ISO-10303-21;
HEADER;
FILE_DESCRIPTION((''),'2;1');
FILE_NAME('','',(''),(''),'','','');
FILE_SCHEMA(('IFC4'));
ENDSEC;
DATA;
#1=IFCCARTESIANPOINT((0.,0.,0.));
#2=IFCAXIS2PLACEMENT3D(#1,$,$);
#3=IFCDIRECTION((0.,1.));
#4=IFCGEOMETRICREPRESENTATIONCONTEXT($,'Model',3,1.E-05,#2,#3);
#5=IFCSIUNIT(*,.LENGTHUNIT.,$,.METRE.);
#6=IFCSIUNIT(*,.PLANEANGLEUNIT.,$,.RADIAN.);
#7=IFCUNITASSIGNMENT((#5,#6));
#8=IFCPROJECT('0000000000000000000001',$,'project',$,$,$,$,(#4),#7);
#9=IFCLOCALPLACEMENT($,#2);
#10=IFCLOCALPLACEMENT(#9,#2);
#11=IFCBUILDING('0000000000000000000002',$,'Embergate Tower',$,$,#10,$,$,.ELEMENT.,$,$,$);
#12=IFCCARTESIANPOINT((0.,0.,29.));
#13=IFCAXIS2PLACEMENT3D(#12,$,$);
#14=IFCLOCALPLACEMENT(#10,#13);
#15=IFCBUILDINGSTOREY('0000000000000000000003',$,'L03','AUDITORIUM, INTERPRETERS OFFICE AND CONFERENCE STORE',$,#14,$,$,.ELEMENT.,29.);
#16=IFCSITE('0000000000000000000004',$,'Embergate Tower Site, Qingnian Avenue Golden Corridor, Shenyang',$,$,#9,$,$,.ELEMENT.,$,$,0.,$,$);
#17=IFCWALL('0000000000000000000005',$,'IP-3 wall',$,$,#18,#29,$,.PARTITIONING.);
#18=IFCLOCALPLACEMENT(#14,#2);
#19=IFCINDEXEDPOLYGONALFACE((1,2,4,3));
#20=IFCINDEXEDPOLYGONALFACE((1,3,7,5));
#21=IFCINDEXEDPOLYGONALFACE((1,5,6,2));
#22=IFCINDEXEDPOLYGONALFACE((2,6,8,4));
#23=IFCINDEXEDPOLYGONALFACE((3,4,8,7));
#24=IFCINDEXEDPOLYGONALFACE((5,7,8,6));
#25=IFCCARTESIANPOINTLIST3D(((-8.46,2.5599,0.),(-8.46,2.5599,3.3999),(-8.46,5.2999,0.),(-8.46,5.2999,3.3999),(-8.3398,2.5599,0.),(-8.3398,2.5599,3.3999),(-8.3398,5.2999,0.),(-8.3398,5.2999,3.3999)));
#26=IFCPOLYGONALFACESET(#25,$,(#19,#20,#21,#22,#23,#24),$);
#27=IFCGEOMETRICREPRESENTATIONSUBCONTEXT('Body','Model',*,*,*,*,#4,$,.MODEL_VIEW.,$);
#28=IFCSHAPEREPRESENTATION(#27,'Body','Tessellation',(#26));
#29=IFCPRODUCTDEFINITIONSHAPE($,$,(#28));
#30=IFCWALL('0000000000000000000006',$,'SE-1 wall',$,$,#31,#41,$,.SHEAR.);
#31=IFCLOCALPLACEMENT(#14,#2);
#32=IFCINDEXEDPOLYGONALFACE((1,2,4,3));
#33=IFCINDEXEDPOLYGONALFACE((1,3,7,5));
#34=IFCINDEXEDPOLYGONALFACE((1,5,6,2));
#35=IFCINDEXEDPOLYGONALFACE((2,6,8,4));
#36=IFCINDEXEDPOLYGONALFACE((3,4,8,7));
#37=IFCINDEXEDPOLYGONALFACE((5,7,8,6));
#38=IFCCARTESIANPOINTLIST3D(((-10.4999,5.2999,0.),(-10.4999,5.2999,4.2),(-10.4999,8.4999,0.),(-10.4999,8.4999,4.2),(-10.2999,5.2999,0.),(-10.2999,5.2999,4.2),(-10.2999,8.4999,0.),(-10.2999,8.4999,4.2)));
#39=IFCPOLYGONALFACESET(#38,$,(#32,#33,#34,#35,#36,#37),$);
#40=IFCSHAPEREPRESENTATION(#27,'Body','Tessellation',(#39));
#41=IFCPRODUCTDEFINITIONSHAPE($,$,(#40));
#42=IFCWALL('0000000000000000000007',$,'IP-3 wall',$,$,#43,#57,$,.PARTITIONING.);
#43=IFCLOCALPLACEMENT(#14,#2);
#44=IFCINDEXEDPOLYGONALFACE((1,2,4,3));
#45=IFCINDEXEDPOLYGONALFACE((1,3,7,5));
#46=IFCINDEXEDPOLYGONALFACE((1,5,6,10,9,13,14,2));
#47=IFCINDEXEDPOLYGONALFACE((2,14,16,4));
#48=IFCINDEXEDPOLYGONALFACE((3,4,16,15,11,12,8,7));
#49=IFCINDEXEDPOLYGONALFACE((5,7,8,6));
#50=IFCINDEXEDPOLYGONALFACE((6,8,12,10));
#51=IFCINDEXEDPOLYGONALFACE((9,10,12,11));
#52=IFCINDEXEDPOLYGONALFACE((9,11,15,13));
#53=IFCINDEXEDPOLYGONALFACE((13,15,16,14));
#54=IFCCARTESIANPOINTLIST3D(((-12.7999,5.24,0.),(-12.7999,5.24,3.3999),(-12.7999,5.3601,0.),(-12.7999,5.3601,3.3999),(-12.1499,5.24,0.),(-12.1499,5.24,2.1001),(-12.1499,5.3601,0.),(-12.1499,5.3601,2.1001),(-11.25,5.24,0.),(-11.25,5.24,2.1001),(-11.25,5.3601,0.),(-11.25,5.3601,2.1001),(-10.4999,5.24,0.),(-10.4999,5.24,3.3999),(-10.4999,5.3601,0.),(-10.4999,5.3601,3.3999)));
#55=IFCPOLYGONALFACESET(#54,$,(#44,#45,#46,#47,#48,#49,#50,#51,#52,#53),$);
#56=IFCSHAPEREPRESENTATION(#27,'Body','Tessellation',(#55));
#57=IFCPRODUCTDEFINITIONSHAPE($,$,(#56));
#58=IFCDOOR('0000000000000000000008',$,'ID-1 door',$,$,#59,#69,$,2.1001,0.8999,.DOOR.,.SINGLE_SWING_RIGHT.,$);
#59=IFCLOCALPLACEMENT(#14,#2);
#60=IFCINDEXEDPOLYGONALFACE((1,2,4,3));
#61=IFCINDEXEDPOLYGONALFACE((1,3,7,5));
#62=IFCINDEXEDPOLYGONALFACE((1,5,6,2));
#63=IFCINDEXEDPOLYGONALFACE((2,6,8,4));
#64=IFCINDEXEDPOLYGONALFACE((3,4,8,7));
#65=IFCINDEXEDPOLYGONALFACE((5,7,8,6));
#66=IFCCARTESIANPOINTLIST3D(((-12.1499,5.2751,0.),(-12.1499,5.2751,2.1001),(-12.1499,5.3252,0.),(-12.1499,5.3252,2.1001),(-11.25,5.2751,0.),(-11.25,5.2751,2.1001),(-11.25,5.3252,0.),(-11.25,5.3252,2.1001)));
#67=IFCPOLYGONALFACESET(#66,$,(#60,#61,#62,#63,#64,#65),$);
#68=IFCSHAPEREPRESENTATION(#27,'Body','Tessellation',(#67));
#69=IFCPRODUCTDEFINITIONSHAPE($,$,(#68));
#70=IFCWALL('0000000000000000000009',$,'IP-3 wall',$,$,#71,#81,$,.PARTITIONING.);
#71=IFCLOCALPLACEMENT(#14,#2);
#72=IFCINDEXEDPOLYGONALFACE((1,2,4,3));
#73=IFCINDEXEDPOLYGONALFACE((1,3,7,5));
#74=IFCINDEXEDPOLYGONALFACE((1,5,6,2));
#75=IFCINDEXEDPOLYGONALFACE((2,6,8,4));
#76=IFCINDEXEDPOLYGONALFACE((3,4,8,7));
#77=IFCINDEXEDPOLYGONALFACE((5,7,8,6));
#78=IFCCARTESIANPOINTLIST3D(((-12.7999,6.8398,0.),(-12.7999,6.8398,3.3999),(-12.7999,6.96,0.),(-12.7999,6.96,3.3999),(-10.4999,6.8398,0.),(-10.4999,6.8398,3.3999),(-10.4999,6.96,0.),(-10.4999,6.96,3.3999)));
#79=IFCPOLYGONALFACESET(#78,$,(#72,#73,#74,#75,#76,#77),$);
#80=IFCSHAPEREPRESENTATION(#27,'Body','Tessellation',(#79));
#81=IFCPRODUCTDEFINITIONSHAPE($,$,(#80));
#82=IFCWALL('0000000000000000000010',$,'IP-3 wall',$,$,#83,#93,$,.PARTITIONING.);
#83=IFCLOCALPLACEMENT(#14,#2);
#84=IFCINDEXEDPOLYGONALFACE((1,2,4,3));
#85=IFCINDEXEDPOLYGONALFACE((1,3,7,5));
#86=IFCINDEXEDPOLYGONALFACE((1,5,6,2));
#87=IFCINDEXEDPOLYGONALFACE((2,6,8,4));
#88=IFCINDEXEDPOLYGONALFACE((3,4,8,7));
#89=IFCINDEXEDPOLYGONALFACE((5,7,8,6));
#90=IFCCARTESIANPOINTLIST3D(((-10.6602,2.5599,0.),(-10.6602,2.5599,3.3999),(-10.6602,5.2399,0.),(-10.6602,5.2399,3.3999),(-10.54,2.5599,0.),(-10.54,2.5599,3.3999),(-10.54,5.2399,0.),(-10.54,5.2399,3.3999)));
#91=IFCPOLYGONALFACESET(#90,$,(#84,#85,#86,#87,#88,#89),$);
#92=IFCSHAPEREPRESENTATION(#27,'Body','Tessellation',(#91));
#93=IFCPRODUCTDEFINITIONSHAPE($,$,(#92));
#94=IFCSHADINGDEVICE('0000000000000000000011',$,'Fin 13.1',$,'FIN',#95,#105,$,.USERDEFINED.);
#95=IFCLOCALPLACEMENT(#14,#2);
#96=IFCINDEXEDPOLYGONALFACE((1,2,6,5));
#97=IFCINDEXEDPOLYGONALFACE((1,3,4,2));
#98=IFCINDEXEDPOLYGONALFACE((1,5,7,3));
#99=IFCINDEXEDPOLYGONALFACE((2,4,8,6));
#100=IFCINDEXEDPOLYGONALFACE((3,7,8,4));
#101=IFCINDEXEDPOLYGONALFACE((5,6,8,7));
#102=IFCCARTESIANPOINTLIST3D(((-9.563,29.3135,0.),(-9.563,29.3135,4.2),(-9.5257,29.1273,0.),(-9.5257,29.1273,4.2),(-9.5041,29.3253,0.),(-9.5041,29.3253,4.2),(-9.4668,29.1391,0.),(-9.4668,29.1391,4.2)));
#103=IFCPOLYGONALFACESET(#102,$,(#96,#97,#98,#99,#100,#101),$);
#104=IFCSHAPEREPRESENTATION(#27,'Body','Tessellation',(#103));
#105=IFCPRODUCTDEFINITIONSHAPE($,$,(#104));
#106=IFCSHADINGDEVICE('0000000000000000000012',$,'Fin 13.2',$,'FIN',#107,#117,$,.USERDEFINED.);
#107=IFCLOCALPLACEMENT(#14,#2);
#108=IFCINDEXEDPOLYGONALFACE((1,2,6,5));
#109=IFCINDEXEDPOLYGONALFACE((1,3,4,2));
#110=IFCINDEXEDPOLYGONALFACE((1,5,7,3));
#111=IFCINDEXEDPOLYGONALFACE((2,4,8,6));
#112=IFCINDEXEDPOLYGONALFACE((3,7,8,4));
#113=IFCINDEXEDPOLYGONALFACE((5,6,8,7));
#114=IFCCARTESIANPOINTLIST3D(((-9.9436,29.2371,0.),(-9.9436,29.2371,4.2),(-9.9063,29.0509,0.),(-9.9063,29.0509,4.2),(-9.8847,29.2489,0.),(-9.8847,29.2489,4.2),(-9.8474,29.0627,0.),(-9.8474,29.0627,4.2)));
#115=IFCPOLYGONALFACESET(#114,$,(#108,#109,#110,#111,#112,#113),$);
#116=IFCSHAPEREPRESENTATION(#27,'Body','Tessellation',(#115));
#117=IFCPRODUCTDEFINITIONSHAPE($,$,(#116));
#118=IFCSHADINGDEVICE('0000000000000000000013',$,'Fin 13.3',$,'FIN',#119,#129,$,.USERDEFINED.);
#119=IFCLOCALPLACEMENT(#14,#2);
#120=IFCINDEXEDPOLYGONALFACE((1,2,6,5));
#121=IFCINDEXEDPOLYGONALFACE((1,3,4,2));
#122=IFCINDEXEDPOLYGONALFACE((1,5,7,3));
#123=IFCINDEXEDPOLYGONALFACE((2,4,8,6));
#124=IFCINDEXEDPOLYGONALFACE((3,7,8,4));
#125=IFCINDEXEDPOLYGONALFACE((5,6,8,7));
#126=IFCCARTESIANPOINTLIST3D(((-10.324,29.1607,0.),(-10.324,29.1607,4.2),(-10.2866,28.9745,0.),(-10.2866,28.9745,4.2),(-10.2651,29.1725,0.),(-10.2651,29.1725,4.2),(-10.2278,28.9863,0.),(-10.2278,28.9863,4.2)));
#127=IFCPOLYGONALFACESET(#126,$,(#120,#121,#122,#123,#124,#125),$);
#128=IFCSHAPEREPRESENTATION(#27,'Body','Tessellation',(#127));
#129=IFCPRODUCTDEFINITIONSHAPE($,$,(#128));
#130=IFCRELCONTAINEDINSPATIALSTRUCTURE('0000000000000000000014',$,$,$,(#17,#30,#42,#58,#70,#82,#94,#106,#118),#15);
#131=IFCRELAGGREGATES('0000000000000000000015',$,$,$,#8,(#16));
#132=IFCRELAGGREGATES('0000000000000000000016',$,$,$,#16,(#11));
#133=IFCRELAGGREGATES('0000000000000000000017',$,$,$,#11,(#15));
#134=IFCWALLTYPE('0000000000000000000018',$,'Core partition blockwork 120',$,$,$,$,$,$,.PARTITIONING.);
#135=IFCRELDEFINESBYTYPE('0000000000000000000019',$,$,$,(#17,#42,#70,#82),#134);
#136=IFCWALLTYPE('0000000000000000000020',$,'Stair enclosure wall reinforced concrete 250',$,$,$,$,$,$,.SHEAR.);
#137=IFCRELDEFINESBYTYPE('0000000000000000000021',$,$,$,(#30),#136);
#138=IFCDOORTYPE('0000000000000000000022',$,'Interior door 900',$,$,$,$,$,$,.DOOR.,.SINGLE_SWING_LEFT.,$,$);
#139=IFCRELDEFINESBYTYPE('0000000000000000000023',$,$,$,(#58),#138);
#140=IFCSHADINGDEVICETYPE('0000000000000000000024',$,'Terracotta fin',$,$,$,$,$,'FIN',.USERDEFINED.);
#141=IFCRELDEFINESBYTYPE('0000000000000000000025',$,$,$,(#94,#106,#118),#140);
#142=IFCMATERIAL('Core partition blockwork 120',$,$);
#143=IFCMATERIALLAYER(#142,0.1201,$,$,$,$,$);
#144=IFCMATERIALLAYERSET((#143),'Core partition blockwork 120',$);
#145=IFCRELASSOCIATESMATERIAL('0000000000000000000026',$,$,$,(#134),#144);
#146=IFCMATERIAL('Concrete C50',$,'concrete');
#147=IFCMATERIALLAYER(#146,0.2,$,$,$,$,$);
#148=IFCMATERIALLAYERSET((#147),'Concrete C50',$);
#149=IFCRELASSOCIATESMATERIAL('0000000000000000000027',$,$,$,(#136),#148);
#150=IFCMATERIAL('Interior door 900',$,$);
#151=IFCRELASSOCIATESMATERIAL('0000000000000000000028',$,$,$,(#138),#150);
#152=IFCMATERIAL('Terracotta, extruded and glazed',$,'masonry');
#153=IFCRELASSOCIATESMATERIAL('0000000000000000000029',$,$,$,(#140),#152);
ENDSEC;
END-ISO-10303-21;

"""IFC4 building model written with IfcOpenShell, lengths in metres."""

from ifc_helpers import new_model, si_unit, direction, frame, frame_2d, origin, origin_2d, place, context, subcontext, project, spatial, rectangle, extrude, source, transform, mapped, material, layer, layer_set, material_profile, profile_set, type_object, element, fill, save


model = new_model("IFC4")

# Units and contexts
model_context = context("Model", 3, precision=1e-05, world=origin(), true_north=direction((0.0, 1.0)))
body_context = subcontext(model_context, "Body", "Model", "MODEL_VIEW")
ifc_project = project(units=[si_unit("LENGTHUNIT", "METRE"), si_unit("PLANEANGLEUNIT", "RADIAN")], contexts=[model_context])

# Site, building, storey
site_placement = place(None, origin())
site = spatial("IfcSite", under=ifc_project, at=site_placement, Name="Embergate Tower Site, Qingnian Avenue Golden Corridor, Shenyang", CompositionType="ELEMENT", RefElevation=0.0)
building_placement = place(site_placement, origin())
building = spatial("IfcBuilding", under=site, at=building_placement, Name="Embergate Tower", CompositionType="ELEMENT")
storey_placement = place(building_placement, frame((0.0, 0.0, 29.0)))
storey = spatial("IfcBuildingStorey", under=building, at=storey_placement, Name="L03", Description="AUDITORIUM, INTERPRETERS OFFICE AND CONFERENCE STORE", CompositionType="ELEMENT", Elevation=29.0)

# Walls
ifc_material_1 = material(Name="Concrete C50", Category="concrete")
ifc_material_2 = material(Name="Core partition blockwork 120")
ifc_layer_1 = layer(ifc_material_2, 0.1201)
ifc_layer_set_1 = layer_set([ifc_layer_1], Name="Core partition blockwork 120")
wall_type_1 = type_object("IfcWallType", Name="Core partition blockwork 120", PredefinedType="PARTITIONING", material=ifc_layer_set_1)
shared_shape_1 = source(origin(), body_context, "Body", "SweptSolid", [
    extrude(rectangle(XDim=2.74, YDim=0.1201, at=frame_2d((1.3701, 0.0))), origin(), (0.0, 0.0, 1.0), 3.3999),
])
wall_1_placement = place(storey_placement, frame((-8.3999, 5.3, 0.0), z_axis=(0.0, 0.0, 1.0), x_axis=(0.0, -1.0, 0.0)))
element("IfcWall", 1, at=wall_1_placement, inside=storey, type_object=wall_type_1, Name="IP-3 wall", PredefinedType="PARTITIONING", context=body_context, shape_type="MappedRepresentation", body=[
    mapped(shared_shape_1, transform((0.0, 0.0, 0.0))),
])
ifc_layer_2 = layer(ifc_material_1, 0.2)
ifc_layer_set_2 = layer_set([ifc_layer_2], Name="Concrete C50")
wall_type_2 = type_object("IfcWallType", Name="Stair enclosure wall reinforced concrete 250", PredefinedType="SHEAR", material=ifc_layer_set_2)
shared_shape_2 = source(origin(), body_context, "Body", "SweptSolid", [
    extrude(rectangle(XDim=3.2, YDim=0.2, at=frame_2d((1.6001, 0.0))), origin(), (0.0, 0.0, 1.0), 4.2),
])
wall_2_placement = place(storey_placement, frame((-10.3999, 8.5, 0.0), z_axis=(0.0, 0.0, 1.0), x_axis=(0.0, -1.0, 0.0)))
element("IfcWall", 2, at=wall_2_placement, inside=storey, type_object=wall_type_2, Name="SE-1 wall", PredefinedType="SHEAR", context=body_context, shape_type="MappedRepresentation", body=[
    mapped(shared_shape_2, transform((0.0, 0.0, 0.0))),
])

# Wall, opening, door
shared_shape_3 = source(origin(), body_context, "Body", "SweptSolid", [
    extrude(rectangle(XDim=2.3, YDim=0.1201, at=frame_2d((1.1499, 0.0))), origin(), (0.0, 0.0, 1.0), 3.3999),
])
wall_3_placement = place(storey_placement, frame((-10.5, 5.3, 0.0), z_axis=(0.0, 0.0, 1.0), x_axis=(-1.0, 0.0, 0.0)))
wall_3 = element("IfcWall", 3, at=wall_3_placement, inside=storey, type_object=wall_type_1, Name="IP-3 wall", PredefinedType="PARTITIONING", context=body_context, shape_type="MappedRepresentation", body=[
    mapped(shared_shape_3, transform((0.0, 0.0, 0.0))),
])
shared_shape_4 = source(origin(), body_context, "Body", "SweptSolid", [
    extrude(rectangle(XDim=0.8999, YDim=2.1001, at=frame_2d((0.45, 1.05))), frame((0.0, 0.0701, 0.0), z_axis=(0.0, -1.0, 0.0), x_axis=(1.0, 0.0, 0.0)), (0.0, 0.0, 1.0), 0.1401),
])
opening_placement = place(wall_3_placement, frame((0.75, 0.0, 0.0)))
opening = element("IfcOpeningElement", 4, at=opening_placement, cuts=wall_3, PredefinedType="OPENING", context=body_context, shape_type="MappedRepresentation", body=[
    mapped(shared_shape_4, transform((0.0, 0.0, 0.0))),
])
ifc_material_3 = material(Name="Interior door 900")
door_type = type_object("IfcDoorType", Name="Interior door 900", OperationType="SINGLE_SWING_LEFT", PredefinedType="DOOR", material=ifc_material_3)
shared_shape_5 = source(origin(), body_context, "Body", "SweptSolid", [
    extrude(rectangle(XDim=0.8999, YDim=2.1001, at=frame_2d((0.45, 1.05))), frame((0.0, 0.0249, 0.0), z_axis=(0.0, -1.0, 0.0), x_axis=(1.0, 0.0, 0.0)), (0.0, 0.0, 1.0), 0.05),
])
door_placement = place(opening_placement, origin())
door = element("IfcDoor", 5, at=door_placement, inside=storey, type_object=door_type, Name="ID-1 door", OperationType="SINGLE_SWING_RIGHT", OverallHeight=2.1001, OverallWidth=0.8999, PredefinedType="DOOR", context=body_context, shape_type="MappedRepresentation", body=[
    mapped(shared_shape_5, transform((0.0, 0.0, 0.0))),
])
fill(opening, door)

# Walls
wall_4_placement = place(storey_placement, frame((-10.5, 6.8999, 0.0), z_axis=(0.0, 0.0, 1.0), x_axis=(-1.0, 0.0, 0.0)))
element("IfcWall", 6, at=wall_4_placement, inside=storey, type_object=wall_type_1, Name="IP-3 wall", PredefinedType="PARTITIONING", context=body_context, shape_type="MappedRepresentation", body=[
    mapped(shared_shape_3, transform((0.0, 0.0, 0.0))),
])
shared_shape_6 = source(origin(), body_context, "Body", "SweptSolid", [
    extrude(rectangle(XDim=2.6799, YDim=0.1201, at=frame_2d((1.3398, 0.0))), origin(), (0.0, 0.0, 1.0), 3.3999),
])
wall_5_placement = place(storey_placement, frame((-10.6001, 2.5601, 0.0), z_axis=(0.0, 0.0, 1.0), x_axis=(0.0, 1.0, 0.0)))
element("IfcWall", 7, at=wall_5_placement, inside=storey, type_object=wall_type_1, Name="IP-3 wall", PredefinedType="PARTITIONING", context=body_context, shape_type="MappedRepresentation", body=[
    mapped(shared_shape_6, transform((0.0, 0.0, 0.0))),
])

# Shading devices
ifc_material_4 = material(Name="Terracotta, extruded and glazed", Category="masonry")
ifc_material_profile_1 = material_profile(ifc_material_4, rectangle(XDim=0.1899, YDim=0.0601, at=origin_2d()), Name="TC 190x60")
ifc_profile_set_1 = profile_set([ifc_material_profile_1], Name="Terracotta, extruded and glazed")
shading_device_type = type_object("IfcShadingDeviceType", Name="Terracotta fin", ElementType="FIN", PredefinedType="USERDEFINED", material=ifc_profile_set_1)
shared_shape_7 = source(origin(), body_context, "Body", "SweptSolid", [
    extrude(rectangle(XDim=0.1899, YDim=0.0601, at=origin_2d()), origin(), (0.0, 0.0, 1.0), 4.2),
])
for number, where, z_axis, x_axis, name in (
    (8, (-9.5149, 29.2263, 0.0), (0.0, 0.0, 1.0), (0.196644, -0.980475, 0.0), "Fin 13.1"),
    (9, (-9.8955, 29.1499, 0.0), (0.0, 0.0, 1.0), (0.196644, -0.980475, 0.0), "Fin 13.2"),
    (10, (-10.2759, 29.0735, 0.0), (0.0, 0.0, 1.0), (0.196644, -0.980475, 0.0), "Fin 13.3"),
):
    element("IfcShadingDevice", number, at=place(storey_placement, frame(where, z_axis=z_axis, x_axis=x_axis)), inside=storey, type_object=shading_device_type, Name=name, ObjectType="FIN", PredefinedType="USERDEFINED", context=body_context, shape_type="MappedRepresentation", body=[
        mapped(shared_shape_7, transform((0.0, 0.0, 0.0))),
    ])

save(model, "model.ifc")
